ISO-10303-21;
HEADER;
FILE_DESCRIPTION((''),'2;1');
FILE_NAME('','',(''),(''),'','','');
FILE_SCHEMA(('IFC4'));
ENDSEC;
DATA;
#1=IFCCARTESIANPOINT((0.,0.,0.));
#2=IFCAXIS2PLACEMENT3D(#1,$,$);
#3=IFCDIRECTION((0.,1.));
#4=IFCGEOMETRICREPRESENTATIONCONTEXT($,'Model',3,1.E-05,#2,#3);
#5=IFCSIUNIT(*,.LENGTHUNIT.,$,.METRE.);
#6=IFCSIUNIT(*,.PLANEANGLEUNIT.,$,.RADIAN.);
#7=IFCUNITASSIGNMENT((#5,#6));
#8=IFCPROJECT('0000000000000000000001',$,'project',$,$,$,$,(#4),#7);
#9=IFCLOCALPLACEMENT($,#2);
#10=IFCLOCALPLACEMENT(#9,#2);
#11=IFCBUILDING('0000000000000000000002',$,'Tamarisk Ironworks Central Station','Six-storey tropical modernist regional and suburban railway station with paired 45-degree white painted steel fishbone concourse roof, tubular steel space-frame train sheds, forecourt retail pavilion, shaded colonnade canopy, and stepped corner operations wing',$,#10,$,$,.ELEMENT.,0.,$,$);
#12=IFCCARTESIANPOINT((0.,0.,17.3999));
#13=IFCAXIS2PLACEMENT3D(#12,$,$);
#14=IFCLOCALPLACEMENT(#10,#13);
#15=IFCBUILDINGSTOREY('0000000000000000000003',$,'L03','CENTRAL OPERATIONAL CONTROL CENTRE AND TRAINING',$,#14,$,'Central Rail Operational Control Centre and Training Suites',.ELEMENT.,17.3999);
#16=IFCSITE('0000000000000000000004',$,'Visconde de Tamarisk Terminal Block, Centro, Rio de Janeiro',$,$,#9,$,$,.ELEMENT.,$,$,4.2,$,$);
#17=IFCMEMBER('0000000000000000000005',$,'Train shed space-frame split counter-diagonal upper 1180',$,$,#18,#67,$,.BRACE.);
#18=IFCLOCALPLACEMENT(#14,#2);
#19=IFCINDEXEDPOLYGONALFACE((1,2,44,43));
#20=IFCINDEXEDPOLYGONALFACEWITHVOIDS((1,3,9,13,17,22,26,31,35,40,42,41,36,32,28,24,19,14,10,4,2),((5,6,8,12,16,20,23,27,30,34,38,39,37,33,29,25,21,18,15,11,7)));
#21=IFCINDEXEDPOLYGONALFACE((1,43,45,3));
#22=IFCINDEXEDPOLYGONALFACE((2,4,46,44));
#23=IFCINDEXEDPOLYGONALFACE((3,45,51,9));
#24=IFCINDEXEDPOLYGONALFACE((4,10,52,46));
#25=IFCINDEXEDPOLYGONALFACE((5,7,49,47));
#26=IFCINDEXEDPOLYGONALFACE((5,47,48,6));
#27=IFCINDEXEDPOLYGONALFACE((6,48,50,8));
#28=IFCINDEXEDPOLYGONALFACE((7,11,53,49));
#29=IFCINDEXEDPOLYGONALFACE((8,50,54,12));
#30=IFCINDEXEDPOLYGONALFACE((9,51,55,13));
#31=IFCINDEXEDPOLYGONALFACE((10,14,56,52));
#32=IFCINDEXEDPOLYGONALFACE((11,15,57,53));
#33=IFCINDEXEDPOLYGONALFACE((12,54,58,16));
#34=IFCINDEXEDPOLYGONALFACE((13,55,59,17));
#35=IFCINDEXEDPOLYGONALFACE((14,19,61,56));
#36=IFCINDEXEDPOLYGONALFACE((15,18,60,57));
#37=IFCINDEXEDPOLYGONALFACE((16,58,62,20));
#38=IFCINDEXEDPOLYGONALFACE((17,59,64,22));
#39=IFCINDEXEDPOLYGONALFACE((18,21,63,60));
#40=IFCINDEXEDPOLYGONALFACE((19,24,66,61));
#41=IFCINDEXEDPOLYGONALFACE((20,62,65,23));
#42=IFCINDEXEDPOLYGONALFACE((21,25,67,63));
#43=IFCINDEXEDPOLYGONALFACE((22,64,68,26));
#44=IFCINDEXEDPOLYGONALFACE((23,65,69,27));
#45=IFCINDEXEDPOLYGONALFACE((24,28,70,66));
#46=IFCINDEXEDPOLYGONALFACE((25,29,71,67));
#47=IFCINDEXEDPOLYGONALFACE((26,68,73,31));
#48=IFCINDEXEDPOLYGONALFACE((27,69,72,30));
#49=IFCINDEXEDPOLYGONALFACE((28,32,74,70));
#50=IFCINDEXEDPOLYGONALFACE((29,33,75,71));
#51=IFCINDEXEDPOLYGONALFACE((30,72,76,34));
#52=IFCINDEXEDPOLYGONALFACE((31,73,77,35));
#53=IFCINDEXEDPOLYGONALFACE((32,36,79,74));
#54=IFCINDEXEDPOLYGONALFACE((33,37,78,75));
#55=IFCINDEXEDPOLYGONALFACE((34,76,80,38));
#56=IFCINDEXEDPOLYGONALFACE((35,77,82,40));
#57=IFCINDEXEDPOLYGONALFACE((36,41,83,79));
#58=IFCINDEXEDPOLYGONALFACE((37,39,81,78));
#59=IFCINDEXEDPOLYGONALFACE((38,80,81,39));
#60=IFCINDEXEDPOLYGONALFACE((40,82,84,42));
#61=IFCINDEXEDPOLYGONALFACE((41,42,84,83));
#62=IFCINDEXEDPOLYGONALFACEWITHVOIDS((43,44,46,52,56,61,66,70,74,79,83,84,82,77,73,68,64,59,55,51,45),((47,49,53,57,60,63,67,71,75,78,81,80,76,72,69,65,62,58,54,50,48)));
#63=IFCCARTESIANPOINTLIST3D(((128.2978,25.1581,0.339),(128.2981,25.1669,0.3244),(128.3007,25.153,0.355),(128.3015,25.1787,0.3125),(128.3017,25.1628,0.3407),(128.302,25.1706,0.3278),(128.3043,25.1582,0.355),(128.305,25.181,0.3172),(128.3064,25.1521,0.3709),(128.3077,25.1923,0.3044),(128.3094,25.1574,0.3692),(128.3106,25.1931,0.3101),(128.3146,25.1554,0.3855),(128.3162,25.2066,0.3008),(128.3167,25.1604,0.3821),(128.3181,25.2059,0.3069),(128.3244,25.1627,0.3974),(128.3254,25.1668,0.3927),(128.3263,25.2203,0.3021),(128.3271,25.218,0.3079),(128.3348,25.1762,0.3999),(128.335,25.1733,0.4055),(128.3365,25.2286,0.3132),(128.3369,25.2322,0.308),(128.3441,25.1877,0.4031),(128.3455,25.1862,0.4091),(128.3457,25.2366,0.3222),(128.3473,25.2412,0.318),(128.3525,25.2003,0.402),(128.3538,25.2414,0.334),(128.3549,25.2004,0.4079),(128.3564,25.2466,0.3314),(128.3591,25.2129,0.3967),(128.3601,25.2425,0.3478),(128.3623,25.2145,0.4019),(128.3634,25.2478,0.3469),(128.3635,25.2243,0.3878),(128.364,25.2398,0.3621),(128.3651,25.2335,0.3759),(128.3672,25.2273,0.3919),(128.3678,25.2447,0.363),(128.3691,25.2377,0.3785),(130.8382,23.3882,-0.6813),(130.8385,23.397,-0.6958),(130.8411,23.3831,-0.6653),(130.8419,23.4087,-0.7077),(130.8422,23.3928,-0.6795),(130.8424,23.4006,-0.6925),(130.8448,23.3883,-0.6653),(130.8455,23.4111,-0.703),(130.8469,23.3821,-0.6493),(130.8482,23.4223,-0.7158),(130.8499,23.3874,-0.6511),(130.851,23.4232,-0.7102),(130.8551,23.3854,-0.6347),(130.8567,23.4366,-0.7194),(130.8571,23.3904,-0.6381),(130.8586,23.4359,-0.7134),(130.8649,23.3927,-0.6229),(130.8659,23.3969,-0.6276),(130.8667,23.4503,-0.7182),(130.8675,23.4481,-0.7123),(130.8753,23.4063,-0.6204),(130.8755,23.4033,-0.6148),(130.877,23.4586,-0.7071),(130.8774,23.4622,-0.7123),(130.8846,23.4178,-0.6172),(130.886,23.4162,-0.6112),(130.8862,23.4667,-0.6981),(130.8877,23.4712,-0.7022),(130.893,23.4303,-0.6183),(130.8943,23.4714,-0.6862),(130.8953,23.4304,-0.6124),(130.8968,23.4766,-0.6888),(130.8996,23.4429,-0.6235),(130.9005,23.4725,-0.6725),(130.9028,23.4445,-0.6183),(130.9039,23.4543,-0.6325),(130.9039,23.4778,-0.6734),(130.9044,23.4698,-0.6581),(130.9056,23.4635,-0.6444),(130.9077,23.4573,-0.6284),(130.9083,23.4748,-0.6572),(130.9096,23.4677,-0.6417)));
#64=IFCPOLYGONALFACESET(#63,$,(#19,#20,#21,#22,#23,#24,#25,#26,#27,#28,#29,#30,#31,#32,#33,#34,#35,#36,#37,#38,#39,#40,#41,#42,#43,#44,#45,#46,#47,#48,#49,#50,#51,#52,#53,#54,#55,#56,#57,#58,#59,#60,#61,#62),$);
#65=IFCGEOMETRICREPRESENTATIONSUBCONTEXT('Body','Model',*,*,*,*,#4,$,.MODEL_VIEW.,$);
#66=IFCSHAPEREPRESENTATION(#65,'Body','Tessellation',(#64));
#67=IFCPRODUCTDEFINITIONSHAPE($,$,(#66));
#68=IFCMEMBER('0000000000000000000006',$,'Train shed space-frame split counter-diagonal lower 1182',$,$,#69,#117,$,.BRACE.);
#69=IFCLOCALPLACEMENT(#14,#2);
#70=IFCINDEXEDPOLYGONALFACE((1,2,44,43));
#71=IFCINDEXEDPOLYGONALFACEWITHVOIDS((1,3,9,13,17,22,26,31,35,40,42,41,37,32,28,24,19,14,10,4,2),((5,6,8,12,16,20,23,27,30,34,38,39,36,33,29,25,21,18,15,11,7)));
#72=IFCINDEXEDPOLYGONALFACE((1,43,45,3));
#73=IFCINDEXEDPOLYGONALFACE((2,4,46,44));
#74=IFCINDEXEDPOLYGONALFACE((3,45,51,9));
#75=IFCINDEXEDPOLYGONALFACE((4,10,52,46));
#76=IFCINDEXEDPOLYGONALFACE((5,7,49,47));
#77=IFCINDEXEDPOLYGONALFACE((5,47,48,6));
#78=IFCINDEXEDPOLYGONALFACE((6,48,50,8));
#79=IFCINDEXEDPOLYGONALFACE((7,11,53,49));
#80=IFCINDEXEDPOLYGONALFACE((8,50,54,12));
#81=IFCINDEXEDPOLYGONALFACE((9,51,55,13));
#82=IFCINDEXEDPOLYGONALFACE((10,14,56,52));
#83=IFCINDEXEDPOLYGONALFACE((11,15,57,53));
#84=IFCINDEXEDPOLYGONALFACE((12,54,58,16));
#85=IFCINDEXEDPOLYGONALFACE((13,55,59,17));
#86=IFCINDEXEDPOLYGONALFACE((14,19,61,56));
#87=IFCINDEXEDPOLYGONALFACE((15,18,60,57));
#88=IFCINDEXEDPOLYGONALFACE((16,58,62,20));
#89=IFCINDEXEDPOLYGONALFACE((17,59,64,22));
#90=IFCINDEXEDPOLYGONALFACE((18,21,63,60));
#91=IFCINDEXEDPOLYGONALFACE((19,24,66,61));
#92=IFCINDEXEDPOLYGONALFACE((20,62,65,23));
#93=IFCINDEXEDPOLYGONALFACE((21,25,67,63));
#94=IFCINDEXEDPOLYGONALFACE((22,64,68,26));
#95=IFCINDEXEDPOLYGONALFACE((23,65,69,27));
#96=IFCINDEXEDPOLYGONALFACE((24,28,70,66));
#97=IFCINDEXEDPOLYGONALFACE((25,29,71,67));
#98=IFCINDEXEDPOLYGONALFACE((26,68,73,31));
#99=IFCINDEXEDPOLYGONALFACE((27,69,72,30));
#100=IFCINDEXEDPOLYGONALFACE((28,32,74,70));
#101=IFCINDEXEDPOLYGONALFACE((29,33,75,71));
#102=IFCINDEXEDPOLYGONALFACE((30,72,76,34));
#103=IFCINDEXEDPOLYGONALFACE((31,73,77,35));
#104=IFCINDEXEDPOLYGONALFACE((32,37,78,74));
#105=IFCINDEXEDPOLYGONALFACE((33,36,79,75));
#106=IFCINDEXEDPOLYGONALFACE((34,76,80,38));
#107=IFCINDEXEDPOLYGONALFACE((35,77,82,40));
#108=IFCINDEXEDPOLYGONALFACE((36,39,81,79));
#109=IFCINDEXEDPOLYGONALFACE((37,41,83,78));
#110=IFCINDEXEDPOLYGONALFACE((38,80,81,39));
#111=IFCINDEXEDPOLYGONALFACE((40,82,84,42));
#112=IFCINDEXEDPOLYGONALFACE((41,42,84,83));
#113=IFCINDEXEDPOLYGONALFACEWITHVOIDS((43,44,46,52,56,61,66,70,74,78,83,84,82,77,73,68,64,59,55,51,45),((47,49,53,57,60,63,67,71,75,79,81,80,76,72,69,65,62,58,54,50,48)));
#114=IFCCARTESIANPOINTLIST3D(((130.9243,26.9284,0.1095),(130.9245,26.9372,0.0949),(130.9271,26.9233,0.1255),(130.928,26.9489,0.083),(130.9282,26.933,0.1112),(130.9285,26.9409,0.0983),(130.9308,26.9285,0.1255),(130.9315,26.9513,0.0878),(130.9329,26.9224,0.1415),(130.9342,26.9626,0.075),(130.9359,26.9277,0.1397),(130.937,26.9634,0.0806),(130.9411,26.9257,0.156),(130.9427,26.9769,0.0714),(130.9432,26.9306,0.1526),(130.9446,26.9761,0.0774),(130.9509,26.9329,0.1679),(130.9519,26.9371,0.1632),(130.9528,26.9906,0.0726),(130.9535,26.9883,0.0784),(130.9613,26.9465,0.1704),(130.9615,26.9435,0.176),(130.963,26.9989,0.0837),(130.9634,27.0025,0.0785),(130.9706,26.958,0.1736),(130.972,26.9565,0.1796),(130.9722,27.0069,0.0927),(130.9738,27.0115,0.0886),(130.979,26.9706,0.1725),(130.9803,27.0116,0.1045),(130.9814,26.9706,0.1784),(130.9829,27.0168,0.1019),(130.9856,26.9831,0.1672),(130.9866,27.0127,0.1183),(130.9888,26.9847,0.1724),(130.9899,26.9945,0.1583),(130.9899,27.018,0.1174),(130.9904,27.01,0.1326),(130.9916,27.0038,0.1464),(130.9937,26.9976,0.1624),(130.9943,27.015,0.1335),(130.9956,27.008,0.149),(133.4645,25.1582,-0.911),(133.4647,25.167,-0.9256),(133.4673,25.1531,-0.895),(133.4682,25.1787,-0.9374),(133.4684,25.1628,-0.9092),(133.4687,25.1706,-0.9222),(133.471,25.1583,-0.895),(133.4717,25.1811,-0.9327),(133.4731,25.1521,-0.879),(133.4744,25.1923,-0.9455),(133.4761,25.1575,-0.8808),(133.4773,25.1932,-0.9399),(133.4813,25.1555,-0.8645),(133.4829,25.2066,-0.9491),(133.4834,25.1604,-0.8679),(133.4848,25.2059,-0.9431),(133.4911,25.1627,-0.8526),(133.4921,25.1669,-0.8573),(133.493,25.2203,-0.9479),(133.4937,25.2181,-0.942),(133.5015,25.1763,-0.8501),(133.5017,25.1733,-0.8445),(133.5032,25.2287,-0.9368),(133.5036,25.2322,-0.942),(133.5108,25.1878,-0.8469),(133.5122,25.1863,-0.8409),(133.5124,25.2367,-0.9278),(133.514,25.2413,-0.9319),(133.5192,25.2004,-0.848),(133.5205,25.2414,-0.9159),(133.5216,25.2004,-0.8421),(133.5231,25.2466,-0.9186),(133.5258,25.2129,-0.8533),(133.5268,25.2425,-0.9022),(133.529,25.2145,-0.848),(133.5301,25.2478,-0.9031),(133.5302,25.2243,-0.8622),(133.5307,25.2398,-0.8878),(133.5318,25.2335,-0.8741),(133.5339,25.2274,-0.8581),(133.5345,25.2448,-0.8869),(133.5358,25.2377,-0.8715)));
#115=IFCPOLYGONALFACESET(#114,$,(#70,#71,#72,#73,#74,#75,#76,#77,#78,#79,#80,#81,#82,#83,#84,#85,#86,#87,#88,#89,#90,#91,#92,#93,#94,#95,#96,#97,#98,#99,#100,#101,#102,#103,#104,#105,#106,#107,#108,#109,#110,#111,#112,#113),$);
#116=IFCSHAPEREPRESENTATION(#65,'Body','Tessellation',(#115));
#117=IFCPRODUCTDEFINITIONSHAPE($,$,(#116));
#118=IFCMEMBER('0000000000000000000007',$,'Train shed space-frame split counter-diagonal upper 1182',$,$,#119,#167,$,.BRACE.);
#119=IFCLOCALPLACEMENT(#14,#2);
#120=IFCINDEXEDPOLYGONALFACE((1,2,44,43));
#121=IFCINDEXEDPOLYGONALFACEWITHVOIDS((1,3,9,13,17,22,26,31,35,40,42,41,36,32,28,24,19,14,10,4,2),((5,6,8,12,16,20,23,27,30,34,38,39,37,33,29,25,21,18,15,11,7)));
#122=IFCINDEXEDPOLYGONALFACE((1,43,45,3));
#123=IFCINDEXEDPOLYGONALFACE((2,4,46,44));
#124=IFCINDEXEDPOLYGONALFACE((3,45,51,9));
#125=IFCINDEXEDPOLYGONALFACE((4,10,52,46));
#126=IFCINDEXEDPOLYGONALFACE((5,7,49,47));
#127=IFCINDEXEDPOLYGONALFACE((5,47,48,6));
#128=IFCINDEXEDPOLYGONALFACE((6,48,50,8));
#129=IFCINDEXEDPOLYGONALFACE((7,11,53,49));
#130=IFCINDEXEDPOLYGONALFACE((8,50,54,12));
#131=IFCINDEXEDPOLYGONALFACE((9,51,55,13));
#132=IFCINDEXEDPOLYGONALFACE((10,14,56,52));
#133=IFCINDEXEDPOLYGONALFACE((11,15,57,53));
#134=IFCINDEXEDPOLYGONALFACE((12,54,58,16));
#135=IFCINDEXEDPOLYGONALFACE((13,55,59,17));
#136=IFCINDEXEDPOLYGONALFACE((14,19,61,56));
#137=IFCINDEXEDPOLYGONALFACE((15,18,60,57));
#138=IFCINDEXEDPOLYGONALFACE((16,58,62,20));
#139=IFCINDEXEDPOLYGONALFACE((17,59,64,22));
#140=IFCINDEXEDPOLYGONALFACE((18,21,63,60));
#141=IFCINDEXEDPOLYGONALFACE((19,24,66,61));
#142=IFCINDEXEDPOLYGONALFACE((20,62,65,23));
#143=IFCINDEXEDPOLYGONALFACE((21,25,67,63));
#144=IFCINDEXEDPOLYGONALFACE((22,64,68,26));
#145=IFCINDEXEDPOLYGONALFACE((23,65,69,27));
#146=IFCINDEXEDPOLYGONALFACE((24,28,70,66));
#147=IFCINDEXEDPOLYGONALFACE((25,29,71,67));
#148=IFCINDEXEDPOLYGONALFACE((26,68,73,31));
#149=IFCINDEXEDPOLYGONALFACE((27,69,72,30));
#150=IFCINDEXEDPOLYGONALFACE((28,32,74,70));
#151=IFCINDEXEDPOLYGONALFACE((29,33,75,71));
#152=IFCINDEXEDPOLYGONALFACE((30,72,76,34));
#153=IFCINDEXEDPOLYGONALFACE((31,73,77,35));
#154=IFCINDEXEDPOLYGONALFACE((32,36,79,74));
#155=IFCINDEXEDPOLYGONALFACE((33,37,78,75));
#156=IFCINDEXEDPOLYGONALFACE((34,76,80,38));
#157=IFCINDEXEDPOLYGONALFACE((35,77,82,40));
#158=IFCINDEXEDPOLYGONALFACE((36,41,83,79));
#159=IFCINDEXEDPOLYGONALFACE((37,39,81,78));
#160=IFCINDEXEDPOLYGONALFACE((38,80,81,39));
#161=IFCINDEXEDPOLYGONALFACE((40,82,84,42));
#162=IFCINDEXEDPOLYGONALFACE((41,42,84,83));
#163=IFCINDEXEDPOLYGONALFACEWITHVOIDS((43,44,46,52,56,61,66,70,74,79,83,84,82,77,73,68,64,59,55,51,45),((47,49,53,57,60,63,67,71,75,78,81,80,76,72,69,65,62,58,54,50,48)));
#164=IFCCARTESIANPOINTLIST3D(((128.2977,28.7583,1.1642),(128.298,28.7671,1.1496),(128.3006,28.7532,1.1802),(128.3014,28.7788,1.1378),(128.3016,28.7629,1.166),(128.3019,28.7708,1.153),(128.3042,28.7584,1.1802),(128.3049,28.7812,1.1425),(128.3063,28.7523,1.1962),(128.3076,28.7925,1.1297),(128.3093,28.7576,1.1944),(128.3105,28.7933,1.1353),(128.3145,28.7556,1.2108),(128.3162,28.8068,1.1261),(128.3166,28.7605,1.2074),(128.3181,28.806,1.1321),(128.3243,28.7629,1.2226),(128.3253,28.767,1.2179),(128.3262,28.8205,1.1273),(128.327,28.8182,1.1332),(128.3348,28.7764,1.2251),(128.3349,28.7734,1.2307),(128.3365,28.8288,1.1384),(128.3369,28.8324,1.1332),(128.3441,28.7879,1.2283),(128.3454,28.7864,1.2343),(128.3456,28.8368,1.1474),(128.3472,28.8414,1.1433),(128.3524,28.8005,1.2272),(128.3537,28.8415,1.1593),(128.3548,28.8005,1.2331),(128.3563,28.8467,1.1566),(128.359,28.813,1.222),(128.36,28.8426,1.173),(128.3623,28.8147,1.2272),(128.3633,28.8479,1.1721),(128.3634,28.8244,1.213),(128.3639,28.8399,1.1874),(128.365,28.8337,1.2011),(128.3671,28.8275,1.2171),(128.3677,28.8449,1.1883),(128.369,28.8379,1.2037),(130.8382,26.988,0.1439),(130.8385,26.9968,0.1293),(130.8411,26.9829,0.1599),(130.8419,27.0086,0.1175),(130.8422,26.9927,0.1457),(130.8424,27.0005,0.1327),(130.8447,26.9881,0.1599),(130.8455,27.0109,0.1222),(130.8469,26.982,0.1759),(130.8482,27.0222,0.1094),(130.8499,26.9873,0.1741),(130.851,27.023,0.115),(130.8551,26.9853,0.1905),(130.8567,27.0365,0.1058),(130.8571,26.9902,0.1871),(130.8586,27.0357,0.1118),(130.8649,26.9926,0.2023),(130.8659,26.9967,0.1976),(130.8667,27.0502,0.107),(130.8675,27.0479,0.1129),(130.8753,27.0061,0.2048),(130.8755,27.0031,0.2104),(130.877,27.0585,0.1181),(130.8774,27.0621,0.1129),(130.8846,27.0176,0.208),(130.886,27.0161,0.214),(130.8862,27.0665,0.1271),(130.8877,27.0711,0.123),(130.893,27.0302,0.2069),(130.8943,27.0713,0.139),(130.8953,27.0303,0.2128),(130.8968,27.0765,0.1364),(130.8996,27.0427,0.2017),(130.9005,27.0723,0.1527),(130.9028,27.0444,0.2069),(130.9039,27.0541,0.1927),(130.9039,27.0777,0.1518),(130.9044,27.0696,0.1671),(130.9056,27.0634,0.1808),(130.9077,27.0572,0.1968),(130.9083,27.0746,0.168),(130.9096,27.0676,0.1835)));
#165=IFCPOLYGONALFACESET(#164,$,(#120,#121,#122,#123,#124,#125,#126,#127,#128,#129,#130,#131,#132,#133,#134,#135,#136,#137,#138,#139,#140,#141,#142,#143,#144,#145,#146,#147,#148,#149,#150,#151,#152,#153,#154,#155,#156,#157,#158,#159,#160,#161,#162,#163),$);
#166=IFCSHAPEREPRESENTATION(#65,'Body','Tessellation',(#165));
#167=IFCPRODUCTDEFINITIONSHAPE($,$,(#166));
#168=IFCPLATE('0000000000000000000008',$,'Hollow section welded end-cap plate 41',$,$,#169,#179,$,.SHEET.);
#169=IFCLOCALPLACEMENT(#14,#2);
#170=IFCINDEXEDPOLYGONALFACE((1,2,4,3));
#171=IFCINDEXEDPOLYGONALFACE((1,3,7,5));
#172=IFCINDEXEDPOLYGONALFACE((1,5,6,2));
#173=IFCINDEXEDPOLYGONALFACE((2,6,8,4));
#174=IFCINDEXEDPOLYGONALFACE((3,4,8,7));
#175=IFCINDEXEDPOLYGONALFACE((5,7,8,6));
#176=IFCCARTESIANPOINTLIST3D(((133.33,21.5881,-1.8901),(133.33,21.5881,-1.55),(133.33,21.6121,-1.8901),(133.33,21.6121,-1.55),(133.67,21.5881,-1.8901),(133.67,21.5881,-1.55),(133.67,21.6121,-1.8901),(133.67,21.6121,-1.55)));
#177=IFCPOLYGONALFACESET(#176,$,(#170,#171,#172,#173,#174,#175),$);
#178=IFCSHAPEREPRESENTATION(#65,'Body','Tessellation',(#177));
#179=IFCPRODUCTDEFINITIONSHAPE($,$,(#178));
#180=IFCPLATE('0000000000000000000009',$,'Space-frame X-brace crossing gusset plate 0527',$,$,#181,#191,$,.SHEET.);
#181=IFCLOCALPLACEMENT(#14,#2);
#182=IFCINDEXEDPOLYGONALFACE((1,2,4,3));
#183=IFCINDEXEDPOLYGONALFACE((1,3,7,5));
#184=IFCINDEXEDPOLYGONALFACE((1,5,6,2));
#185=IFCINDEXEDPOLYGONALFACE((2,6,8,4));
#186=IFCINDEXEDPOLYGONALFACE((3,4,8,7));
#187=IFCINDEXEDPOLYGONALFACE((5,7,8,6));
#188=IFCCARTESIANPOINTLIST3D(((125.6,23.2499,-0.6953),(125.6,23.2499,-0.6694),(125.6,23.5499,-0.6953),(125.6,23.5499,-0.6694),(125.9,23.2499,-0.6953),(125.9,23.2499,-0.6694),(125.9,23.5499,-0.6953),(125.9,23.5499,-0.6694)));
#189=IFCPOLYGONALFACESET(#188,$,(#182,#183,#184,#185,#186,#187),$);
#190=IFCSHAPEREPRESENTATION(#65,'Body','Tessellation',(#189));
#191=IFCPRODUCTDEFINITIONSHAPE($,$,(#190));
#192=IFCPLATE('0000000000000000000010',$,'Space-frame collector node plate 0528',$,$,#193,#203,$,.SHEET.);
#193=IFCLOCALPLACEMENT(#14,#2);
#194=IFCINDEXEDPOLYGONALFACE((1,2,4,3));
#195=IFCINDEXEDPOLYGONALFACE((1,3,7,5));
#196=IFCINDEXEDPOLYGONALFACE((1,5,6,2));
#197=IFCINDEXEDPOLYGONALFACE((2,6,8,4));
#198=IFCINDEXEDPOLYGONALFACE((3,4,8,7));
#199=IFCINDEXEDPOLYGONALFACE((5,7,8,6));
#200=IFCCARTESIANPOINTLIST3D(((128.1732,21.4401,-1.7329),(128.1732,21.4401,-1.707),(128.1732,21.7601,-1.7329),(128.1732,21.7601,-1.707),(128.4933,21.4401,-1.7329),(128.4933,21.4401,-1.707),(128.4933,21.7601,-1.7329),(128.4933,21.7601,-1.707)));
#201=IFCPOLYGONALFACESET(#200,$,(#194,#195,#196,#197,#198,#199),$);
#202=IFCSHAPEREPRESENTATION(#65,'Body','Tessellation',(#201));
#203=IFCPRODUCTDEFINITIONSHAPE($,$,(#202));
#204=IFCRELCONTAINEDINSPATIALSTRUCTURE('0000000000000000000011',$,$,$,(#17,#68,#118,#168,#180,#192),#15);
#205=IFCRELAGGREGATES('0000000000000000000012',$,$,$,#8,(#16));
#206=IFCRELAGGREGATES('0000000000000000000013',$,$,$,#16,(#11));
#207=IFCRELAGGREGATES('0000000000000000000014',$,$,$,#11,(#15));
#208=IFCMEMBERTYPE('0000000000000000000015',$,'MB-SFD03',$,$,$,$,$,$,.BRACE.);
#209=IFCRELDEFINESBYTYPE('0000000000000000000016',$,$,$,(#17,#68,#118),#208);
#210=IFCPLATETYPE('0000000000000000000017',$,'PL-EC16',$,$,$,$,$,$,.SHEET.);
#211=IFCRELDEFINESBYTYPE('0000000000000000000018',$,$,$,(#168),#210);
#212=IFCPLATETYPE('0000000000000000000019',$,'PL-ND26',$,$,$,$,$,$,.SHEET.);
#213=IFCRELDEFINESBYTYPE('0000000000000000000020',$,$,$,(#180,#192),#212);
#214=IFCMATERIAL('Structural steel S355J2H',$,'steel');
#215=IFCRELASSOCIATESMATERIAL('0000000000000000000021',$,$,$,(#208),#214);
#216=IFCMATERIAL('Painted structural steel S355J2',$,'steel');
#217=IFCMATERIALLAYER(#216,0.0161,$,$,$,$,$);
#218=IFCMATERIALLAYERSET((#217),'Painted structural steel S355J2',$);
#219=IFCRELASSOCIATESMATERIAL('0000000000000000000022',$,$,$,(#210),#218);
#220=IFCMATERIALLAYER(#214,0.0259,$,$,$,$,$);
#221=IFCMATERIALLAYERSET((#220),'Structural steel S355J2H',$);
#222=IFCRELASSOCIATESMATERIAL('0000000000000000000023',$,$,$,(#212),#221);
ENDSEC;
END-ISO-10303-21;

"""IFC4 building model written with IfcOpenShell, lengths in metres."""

from ifc_helpers import new_model, si_unit, direction, frame, origin, origin_2d, place, context, subcontext, project, spatial, rectangle, hollow_circle, extrude, material, layer, layer_set, material_profile, profile_set, type_object, element, save


model = new_model("IFC4")

# Units and contexts
model_context = context("Model", 3, precision=1e-05, world=origin(), true_north=direction((0.0, 1.0)))
body_context = subcontext(model_context, "Body", "Model", "MODEL_VIEW")
ifc_project = project(units=[si_unit("LENGTHUNIT", "METRE"), si_unit("PLANEANGLEUNIT", "RADIAN")], contexts=[model_context])

# Site, building, storey
site_placement = place(None, origin())
site = spatial("IfcSite", under=ifc_project, at=site_placement, Name="Visconde de Tamarisk Terminal Block, Centro, Rio de Janeiro", CompositionType="ELEMENT", RefElevation=4.2)
building_placement = place(site_placement, origin())
building = spatial("IfcBuilding", under=site, at=building_placement, Name="Tamarisk Ironworks Central Station", Description="Six-storey tropical modernist regional and suburban railway station with paired 45-degree white painted steel fishbone concourse roof, tubular steel space-frame train sheds, forecourt retail pavilion, shaded colonnade canopy, and stepped corner operations wing", CompositionType="ELEMENT", ElevationOfRefHeight=0.0)
storey_placement = place(building_placement, frame((0.0, 0.0, 17.3999)))
storey = spatial("IfcBuildingStorey", under=building, at=storey_placement, Name="L03", Description="CENTRAL OPERATIONAL CONTROL CENTRE AND TRAINING", LongName="Central Rail Operational Control Centre and Training Suites", CompositionType="ELEMENT", Elevation=17.3999)

# Members
ifc_material_1 = material(Name="Structural steel S355J2H", Category="steel")
ifc_material_profile_1 = material_profile(ifc_material_1, hollow_circle(Radius=0.0571, WallThickness=0.0063, at=origin_2d()), Name="CHS 114.3x6.3")
ifc_profile_set_1 = profile_set([ifc_material_profile_1], Name="Structural steel S355J2H")
member_type_1 = type_object("IfcMemberType", Name="MB-SFD03", PredefinedType="BRACE", material=ifc_profile_set_1)
for number, where, z_axis, x_axis, name in (
    (1, (130.8738, 23.4299, -0.6653), (-0.779281, 0.542936, 0.312956), (-0.571651, -0.820497, 0.0), "Train shed space-frame split counter-diagonal upper 1180"),
    (2, (133.5, 25.2, -0.895), (-0.779202, 0.543008, 0.313029), (-0.571741, -0.820434, 0.0), "Train shed space-frame split counter-diagonal lower 1182"),
):
    element("IfcMember", number, at=place(storey_placement, frame(where, z_axis=z_axis, x_axis=x_axis)), inside=storey, type_object=member_type_1, Name=name, PredefinedType="BRACE", context=body_context, shape_type="SweptSolid", body=[
        extrude(hollow_circle(Radius=0.0571, WallThickness=0.0063, at=origin_2d()), origin(), (0.0, 0.0, 1.0), 3.26),
    ])
member_1_placement = place(storey_placement, frame((130.8738, 27.0298, 0.1599), z_axis=(-0.77925, 0.542989, 0.312943), x_axis=(-0.571704, -0.82046, 0.0)))
element("IfcMember", 3, at=member_1_placement, inside=storey, type_object=member_type_1, Name="Train shed space-frame split counter-diagonal upper 1182", PredefinedType="BRACE", context=body_context, shape_type="SweptSolid", body=[
    extrude(hollow_circle(Radius=0.0571, WallThickness=0.0063, at=origin_2d()), origin(), (0.0, 0.0, 1.0), 3.2603),
])

# Plates
ifc_material_2 = material(Name="Painted structural steel S355J2", Category="steel")
ifc_layer_1 = layer(ifc_material_2, 0.0161)
ifc_layer_set_1 = layer_set([ifc_layer_1], Name="Painted structural steel S355J2")
plate_type_1 = type_object("IfcPlateType", Name="PL-EC16", PredefinedType="SHEET", material=ifc_layer_set_1)
plate_1_placement = place(storey_placement, frame((133.5, 21.6001, -1.8901), z_axis=(0.0, 0.0, 1.0), x_axis=(1.0, 0.0, 0.0)))
element("IfcPlate", 4, at=plate_1_placement, inside=storey, type_object=plate_type_1, Name="Hollow section welded end-cap plate 41", PredefinedType="SHEET", context=body_context, shape_type="SweptSolid", body=[
    extrude(rectangle(XDim=0.3401, YDim=0.0239, at=origin_2d()), origin(), (0.0, 0.0, 1.0), 0.3401),
])
ifc_layer_2 = layer(ifc_material_1, 0.0259)
ifc_layer_set_2 = layer_set([ifc_layer_2], Name="Structural steel S355J2H")
plate_type_2 = type_object("IfcPlateType", Name="PL-ND26", PredefinedType="SHEET", material=ifc_layer_set_2)
plate_2_placement = place(storey_placement, frame((125.75, 23.3999, -0.6953), z_axis=(0.0, 0.0, 1.0), x_axis=(1.0, 0.0, 0.0)))
element("IfcPlate", 5, at=plate_2_placement, inside=storey, type_object=plate_type_2, Name="Space-frame X-brace crossing gusset plate 0527", PredefinedType="SHEET", context=body_context, shape_type="SweptSolid", body=[
    extrude(rectangle(XDim=0.3, YDim=0.3, at=origin_2d()), origin(), (0.0, 0.0, 1.0), 0.0259),
])
for number, where, z_axis, x_axis, name in (
    (6, (128.3333, 21.6001, -1.7329), (0.0, 0.0, 1.0), (1.0, 0.0, 0.0), "Space-frame collector node plate 0528"),
):
    element("IfcPlate", number, at=place(storey_placement, frame(where, z_axis=z_axis, x_axis=x_axis)), inside=storey, type_object=plate_type_2, Name=name, PredefinedType="SHEET", context=body_context, shape_type="SweptSolid", body=[
        extrude(rectangle(XDim=0.3201, YDim=0.3201, at=origin_2d()), origin(), (0.0, 0.0, 1.0), 0.0259),
    ])

save(model, "model.ifc")
